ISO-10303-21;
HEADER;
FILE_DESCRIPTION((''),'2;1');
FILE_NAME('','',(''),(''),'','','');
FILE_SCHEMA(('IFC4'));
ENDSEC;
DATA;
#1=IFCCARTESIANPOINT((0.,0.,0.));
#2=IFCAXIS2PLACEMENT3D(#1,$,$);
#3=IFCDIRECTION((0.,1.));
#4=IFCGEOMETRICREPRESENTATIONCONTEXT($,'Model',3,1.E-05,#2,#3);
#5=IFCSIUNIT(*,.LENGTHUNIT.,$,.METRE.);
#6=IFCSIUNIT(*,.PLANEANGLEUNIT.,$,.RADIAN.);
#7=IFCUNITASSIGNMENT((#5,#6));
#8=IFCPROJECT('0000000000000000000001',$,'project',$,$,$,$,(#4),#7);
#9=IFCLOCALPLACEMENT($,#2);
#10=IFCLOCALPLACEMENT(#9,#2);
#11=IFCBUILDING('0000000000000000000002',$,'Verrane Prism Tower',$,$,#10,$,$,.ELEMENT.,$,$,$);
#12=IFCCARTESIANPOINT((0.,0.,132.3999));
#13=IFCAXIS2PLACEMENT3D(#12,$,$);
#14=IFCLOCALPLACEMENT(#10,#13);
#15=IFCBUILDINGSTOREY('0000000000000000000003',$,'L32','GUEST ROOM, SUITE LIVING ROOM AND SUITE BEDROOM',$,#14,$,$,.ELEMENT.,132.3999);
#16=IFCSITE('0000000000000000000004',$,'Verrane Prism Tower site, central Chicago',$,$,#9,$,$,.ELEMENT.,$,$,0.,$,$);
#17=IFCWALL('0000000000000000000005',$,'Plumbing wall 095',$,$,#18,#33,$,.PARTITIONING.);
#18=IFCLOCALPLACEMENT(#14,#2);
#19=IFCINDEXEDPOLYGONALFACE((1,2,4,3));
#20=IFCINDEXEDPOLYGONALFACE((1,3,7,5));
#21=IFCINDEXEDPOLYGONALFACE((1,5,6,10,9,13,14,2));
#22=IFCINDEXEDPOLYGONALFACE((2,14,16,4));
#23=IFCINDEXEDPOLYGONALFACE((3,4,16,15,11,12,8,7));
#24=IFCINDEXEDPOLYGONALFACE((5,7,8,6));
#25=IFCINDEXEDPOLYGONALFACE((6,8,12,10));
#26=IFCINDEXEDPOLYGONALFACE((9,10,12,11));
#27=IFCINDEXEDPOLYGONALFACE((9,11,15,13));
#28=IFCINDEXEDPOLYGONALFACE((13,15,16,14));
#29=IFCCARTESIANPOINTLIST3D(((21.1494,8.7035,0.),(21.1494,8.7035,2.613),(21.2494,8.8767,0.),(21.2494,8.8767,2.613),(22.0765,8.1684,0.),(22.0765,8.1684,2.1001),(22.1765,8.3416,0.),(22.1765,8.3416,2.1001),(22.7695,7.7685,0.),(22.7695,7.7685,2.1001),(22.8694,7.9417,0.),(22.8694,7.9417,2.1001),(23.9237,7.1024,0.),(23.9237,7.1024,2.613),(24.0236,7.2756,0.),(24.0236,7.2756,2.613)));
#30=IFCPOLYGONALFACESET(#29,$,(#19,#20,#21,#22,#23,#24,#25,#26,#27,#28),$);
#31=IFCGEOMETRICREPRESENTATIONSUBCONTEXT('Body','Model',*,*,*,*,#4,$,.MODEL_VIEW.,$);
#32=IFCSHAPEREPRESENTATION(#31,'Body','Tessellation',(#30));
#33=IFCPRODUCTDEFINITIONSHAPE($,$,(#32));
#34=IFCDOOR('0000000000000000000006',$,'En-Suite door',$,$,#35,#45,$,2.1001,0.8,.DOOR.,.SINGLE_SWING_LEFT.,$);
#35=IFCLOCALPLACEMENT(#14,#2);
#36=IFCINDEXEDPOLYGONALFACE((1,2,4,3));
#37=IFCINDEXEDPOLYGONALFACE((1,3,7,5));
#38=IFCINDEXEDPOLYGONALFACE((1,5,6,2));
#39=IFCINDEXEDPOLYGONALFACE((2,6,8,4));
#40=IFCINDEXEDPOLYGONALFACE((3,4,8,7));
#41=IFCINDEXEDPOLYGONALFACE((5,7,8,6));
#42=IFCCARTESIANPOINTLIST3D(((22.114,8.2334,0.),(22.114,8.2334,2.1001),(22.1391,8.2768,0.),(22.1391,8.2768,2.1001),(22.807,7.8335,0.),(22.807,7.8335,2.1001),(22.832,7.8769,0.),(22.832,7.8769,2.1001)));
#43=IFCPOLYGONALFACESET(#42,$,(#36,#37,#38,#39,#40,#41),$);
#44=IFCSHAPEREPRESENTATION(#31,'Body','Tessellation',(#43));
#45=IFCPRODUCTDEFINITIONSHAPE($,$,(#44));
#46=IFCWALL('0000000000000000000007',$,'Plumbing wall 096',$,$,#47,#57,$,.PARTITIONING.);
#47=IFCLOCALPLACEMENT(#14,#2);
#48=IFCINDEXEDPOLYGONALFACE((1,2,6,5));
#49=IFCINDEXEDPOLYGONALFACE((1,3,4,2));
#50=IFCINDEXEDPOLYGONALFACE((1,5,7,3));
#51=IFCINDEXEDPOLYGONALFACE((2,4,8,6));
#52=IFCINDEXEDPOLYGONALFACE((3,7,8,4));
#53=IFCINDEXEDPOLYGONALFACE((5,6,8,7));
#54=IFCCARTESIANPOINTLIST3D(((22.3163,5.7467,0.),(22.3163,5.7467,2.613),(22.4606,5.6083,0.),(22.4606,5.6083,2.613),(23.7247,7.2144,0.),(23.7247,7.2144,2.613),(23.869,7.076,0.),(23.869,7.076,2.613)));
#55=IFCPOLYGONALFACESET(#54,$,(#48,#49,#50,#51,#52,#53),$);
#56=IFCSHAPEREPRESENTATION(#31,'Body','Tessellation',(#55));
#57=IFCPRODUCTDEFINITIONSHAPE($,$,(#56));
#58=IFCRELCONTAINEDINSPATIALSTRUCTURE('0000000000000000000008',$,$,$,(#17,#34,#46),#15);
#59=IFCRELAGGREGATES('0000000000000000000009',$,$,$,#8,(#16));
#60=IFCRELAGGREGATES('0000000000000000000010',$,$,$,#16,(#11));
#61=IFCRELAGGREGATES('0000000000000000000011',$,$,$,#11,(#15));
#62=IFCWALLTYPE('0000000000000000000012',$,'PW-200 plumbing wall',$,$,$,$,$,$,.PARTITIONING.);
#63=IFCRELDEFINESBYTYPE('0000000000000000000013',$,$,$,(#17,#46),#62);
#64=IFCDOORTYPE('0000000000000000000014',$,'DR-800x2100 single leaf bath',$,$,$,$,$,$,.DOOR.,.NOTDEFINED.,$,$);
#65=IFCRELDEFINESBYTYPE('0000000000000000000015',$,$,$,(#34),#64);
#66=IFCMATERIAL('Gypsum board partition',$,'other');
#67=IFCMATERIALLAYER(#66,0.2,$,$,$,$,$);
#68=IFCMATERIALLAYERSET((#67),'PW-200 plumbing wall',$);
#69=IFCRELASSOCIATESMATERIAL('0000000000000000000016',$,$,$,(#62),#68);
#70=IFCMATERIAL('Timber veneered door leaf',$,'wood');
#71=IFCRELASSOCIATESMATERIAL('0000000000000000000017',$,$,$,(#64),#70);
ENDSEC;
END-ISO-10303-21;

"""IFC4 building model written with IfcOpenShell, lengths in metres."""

from ifc_helpers import new_model, si_unit, direction, frame, frame_2d, origin, place, context, subcontext, project, spatial, rectangle, extrude, material, layer, layer_set, type_object, element, fill, save


model = new_model("IFC4")

# Units and contexts
model_context = context("Model", 3, precision=1e-05, world=origin(), true_north=direction((0.0, 1.0)))
body_context = subcontext(model_context, "Body", "Model", "MODEL_VIEW")
ifc_project = project(units=[si_unit("LENGTHUNIT", "METRE"), si_unit("PLANEANGLEUNIT", "RADIAN")], contexts=[model_context])

# Site, building, storey
site_placement = place(None, origin())
site = spatial("IfcSite", under=ifc_project, at=site_placement, Name="Verrane Prism Tower site, central Chicago", CompositionType="ELEMENT", RefElevation=0.0)
building_placement = place(site_placement, origin())
building = spatial("IfcBuilding", under=site, at=building_placement, Name="Verrane Prism Tower", CompositionType="ELEMENT")
storey_placement = place(building_placement, frame((0.0, 0.0, 132.3999)))
storey = spatial("IfcBuildingStorey", under=building, at=storey_placement, Name="L32", Description="GUEST ROOM, SUITE LIVING ROOM AND SUITE BEDROOM", CompositionType="ELEMENT", Elevation=132.3999)

# Wall, opening, door
ifc_material_1 = material(Name="Gypsum board partition", Category="other")
ifc_layer_1 = layer(ifc_material_1, 0.2)
ifc_layer_set_1 = layer_set([ifc_layer_1], Name="PW-200 plumbing wall")
wall_type = type_object("IfcWallType", Name="PW-200 plumbing wall", PredefinedType="PARTITIONING", material=ifc_layer_set_1)
wall_1_placement = place(storey_placement, frame((23.9736, 7.189, 0.0), z_axis=(0.0, 0.0, 1.0), x_axis=(-0.866106, 0.499861, 0.0)))
wall_1 = element("IfcWall", 1, at=wall_1_placement, inside=storey, type_object=wall_type, Name="Plumbing wall 095", PredefinedType="PARTITIONING", context=body_context, shape_type="SweptSolid", body=[
    extrude(rectangle(XDim=3.2031, YDim=0.2, at=frame_2d((1.6016, 0.0))), origin(), (0.0, 0.0, 1.0), 2.613),
])
opening_placement = place(wall_1_placement, frame((1.3328, 0.0, 0.0)))
opening = element("IfcOpeningElement", 2, at=opening_placement, cuts=wall_1, PredefinedType="OPENING", context=body_context, shape_type="SweptSolid", body=[
    extrude(rectangle(XDim=0.8, YDim=2.1001, at=frame_2d((0.3999, 1.05))), frame((0.0, 0.1099, 0.0), z_axis=(0.0, -1.0, 0.0), x_axis=(1.0, 0.0, 0.0)), (0.0, 0.0, 1.0), 0.22),
])
ifc_material_2 = material(Name="Timber veneered door leaf", Category="wood")
door_type = type_object("IfcDoorType", Name="DR-800x2100 single leaf bath", OperationType="NOTDEFINED", PredefinedType="DOOR", material=ifc_material_2)
door_placement = place(opening_placement, origin())
door = element("IfcDoor", 3, at=door_placement, inside=storey, type_object=door_type, Name="En-Suite door", OperationType="SINGLE_SWING_LEFT", OverallHeight=2.1001, OverallWidth=0.8, PredefinedType="DOOR", context=body_context, shape_type="SweptSolid", body=[
    extrude(rectangle(XDim=0.8, YDim=2.1001, at=frame_2d((0.3999, 1.05))), frame((0.0, 0.0249, 0.0), z_axis=(0.0, -1.0, 0.0), x_axis=(1.0, 0.0, 0.0)), (0.0, 0.0, 1.0), 0.05),
])
fill(opening, door)

# Wall
wall_2_placement = place(storey_placement, frame((22.3884, 5.6775, 0.0), z_axis=(0.0, 0.0, 1.0), x_axis=(0.692374, 0.721538, 0.0)))
element("IfcWall", 4, at=wall_2_placement, inside=storey, type_object=wall_type, Name="Plumbing wall 096", PredefinedType="PARTITIONING", context=body_context, shape_type="SweptSolid", body=[
    extrude(rectangle(XDim=2.0342, YDim=0.2, at=frame_2d((1.0171, 0.0))), origin(), (0.0, 0.0, 1.0), 2.613),
])

save(model, "model.ifc")
